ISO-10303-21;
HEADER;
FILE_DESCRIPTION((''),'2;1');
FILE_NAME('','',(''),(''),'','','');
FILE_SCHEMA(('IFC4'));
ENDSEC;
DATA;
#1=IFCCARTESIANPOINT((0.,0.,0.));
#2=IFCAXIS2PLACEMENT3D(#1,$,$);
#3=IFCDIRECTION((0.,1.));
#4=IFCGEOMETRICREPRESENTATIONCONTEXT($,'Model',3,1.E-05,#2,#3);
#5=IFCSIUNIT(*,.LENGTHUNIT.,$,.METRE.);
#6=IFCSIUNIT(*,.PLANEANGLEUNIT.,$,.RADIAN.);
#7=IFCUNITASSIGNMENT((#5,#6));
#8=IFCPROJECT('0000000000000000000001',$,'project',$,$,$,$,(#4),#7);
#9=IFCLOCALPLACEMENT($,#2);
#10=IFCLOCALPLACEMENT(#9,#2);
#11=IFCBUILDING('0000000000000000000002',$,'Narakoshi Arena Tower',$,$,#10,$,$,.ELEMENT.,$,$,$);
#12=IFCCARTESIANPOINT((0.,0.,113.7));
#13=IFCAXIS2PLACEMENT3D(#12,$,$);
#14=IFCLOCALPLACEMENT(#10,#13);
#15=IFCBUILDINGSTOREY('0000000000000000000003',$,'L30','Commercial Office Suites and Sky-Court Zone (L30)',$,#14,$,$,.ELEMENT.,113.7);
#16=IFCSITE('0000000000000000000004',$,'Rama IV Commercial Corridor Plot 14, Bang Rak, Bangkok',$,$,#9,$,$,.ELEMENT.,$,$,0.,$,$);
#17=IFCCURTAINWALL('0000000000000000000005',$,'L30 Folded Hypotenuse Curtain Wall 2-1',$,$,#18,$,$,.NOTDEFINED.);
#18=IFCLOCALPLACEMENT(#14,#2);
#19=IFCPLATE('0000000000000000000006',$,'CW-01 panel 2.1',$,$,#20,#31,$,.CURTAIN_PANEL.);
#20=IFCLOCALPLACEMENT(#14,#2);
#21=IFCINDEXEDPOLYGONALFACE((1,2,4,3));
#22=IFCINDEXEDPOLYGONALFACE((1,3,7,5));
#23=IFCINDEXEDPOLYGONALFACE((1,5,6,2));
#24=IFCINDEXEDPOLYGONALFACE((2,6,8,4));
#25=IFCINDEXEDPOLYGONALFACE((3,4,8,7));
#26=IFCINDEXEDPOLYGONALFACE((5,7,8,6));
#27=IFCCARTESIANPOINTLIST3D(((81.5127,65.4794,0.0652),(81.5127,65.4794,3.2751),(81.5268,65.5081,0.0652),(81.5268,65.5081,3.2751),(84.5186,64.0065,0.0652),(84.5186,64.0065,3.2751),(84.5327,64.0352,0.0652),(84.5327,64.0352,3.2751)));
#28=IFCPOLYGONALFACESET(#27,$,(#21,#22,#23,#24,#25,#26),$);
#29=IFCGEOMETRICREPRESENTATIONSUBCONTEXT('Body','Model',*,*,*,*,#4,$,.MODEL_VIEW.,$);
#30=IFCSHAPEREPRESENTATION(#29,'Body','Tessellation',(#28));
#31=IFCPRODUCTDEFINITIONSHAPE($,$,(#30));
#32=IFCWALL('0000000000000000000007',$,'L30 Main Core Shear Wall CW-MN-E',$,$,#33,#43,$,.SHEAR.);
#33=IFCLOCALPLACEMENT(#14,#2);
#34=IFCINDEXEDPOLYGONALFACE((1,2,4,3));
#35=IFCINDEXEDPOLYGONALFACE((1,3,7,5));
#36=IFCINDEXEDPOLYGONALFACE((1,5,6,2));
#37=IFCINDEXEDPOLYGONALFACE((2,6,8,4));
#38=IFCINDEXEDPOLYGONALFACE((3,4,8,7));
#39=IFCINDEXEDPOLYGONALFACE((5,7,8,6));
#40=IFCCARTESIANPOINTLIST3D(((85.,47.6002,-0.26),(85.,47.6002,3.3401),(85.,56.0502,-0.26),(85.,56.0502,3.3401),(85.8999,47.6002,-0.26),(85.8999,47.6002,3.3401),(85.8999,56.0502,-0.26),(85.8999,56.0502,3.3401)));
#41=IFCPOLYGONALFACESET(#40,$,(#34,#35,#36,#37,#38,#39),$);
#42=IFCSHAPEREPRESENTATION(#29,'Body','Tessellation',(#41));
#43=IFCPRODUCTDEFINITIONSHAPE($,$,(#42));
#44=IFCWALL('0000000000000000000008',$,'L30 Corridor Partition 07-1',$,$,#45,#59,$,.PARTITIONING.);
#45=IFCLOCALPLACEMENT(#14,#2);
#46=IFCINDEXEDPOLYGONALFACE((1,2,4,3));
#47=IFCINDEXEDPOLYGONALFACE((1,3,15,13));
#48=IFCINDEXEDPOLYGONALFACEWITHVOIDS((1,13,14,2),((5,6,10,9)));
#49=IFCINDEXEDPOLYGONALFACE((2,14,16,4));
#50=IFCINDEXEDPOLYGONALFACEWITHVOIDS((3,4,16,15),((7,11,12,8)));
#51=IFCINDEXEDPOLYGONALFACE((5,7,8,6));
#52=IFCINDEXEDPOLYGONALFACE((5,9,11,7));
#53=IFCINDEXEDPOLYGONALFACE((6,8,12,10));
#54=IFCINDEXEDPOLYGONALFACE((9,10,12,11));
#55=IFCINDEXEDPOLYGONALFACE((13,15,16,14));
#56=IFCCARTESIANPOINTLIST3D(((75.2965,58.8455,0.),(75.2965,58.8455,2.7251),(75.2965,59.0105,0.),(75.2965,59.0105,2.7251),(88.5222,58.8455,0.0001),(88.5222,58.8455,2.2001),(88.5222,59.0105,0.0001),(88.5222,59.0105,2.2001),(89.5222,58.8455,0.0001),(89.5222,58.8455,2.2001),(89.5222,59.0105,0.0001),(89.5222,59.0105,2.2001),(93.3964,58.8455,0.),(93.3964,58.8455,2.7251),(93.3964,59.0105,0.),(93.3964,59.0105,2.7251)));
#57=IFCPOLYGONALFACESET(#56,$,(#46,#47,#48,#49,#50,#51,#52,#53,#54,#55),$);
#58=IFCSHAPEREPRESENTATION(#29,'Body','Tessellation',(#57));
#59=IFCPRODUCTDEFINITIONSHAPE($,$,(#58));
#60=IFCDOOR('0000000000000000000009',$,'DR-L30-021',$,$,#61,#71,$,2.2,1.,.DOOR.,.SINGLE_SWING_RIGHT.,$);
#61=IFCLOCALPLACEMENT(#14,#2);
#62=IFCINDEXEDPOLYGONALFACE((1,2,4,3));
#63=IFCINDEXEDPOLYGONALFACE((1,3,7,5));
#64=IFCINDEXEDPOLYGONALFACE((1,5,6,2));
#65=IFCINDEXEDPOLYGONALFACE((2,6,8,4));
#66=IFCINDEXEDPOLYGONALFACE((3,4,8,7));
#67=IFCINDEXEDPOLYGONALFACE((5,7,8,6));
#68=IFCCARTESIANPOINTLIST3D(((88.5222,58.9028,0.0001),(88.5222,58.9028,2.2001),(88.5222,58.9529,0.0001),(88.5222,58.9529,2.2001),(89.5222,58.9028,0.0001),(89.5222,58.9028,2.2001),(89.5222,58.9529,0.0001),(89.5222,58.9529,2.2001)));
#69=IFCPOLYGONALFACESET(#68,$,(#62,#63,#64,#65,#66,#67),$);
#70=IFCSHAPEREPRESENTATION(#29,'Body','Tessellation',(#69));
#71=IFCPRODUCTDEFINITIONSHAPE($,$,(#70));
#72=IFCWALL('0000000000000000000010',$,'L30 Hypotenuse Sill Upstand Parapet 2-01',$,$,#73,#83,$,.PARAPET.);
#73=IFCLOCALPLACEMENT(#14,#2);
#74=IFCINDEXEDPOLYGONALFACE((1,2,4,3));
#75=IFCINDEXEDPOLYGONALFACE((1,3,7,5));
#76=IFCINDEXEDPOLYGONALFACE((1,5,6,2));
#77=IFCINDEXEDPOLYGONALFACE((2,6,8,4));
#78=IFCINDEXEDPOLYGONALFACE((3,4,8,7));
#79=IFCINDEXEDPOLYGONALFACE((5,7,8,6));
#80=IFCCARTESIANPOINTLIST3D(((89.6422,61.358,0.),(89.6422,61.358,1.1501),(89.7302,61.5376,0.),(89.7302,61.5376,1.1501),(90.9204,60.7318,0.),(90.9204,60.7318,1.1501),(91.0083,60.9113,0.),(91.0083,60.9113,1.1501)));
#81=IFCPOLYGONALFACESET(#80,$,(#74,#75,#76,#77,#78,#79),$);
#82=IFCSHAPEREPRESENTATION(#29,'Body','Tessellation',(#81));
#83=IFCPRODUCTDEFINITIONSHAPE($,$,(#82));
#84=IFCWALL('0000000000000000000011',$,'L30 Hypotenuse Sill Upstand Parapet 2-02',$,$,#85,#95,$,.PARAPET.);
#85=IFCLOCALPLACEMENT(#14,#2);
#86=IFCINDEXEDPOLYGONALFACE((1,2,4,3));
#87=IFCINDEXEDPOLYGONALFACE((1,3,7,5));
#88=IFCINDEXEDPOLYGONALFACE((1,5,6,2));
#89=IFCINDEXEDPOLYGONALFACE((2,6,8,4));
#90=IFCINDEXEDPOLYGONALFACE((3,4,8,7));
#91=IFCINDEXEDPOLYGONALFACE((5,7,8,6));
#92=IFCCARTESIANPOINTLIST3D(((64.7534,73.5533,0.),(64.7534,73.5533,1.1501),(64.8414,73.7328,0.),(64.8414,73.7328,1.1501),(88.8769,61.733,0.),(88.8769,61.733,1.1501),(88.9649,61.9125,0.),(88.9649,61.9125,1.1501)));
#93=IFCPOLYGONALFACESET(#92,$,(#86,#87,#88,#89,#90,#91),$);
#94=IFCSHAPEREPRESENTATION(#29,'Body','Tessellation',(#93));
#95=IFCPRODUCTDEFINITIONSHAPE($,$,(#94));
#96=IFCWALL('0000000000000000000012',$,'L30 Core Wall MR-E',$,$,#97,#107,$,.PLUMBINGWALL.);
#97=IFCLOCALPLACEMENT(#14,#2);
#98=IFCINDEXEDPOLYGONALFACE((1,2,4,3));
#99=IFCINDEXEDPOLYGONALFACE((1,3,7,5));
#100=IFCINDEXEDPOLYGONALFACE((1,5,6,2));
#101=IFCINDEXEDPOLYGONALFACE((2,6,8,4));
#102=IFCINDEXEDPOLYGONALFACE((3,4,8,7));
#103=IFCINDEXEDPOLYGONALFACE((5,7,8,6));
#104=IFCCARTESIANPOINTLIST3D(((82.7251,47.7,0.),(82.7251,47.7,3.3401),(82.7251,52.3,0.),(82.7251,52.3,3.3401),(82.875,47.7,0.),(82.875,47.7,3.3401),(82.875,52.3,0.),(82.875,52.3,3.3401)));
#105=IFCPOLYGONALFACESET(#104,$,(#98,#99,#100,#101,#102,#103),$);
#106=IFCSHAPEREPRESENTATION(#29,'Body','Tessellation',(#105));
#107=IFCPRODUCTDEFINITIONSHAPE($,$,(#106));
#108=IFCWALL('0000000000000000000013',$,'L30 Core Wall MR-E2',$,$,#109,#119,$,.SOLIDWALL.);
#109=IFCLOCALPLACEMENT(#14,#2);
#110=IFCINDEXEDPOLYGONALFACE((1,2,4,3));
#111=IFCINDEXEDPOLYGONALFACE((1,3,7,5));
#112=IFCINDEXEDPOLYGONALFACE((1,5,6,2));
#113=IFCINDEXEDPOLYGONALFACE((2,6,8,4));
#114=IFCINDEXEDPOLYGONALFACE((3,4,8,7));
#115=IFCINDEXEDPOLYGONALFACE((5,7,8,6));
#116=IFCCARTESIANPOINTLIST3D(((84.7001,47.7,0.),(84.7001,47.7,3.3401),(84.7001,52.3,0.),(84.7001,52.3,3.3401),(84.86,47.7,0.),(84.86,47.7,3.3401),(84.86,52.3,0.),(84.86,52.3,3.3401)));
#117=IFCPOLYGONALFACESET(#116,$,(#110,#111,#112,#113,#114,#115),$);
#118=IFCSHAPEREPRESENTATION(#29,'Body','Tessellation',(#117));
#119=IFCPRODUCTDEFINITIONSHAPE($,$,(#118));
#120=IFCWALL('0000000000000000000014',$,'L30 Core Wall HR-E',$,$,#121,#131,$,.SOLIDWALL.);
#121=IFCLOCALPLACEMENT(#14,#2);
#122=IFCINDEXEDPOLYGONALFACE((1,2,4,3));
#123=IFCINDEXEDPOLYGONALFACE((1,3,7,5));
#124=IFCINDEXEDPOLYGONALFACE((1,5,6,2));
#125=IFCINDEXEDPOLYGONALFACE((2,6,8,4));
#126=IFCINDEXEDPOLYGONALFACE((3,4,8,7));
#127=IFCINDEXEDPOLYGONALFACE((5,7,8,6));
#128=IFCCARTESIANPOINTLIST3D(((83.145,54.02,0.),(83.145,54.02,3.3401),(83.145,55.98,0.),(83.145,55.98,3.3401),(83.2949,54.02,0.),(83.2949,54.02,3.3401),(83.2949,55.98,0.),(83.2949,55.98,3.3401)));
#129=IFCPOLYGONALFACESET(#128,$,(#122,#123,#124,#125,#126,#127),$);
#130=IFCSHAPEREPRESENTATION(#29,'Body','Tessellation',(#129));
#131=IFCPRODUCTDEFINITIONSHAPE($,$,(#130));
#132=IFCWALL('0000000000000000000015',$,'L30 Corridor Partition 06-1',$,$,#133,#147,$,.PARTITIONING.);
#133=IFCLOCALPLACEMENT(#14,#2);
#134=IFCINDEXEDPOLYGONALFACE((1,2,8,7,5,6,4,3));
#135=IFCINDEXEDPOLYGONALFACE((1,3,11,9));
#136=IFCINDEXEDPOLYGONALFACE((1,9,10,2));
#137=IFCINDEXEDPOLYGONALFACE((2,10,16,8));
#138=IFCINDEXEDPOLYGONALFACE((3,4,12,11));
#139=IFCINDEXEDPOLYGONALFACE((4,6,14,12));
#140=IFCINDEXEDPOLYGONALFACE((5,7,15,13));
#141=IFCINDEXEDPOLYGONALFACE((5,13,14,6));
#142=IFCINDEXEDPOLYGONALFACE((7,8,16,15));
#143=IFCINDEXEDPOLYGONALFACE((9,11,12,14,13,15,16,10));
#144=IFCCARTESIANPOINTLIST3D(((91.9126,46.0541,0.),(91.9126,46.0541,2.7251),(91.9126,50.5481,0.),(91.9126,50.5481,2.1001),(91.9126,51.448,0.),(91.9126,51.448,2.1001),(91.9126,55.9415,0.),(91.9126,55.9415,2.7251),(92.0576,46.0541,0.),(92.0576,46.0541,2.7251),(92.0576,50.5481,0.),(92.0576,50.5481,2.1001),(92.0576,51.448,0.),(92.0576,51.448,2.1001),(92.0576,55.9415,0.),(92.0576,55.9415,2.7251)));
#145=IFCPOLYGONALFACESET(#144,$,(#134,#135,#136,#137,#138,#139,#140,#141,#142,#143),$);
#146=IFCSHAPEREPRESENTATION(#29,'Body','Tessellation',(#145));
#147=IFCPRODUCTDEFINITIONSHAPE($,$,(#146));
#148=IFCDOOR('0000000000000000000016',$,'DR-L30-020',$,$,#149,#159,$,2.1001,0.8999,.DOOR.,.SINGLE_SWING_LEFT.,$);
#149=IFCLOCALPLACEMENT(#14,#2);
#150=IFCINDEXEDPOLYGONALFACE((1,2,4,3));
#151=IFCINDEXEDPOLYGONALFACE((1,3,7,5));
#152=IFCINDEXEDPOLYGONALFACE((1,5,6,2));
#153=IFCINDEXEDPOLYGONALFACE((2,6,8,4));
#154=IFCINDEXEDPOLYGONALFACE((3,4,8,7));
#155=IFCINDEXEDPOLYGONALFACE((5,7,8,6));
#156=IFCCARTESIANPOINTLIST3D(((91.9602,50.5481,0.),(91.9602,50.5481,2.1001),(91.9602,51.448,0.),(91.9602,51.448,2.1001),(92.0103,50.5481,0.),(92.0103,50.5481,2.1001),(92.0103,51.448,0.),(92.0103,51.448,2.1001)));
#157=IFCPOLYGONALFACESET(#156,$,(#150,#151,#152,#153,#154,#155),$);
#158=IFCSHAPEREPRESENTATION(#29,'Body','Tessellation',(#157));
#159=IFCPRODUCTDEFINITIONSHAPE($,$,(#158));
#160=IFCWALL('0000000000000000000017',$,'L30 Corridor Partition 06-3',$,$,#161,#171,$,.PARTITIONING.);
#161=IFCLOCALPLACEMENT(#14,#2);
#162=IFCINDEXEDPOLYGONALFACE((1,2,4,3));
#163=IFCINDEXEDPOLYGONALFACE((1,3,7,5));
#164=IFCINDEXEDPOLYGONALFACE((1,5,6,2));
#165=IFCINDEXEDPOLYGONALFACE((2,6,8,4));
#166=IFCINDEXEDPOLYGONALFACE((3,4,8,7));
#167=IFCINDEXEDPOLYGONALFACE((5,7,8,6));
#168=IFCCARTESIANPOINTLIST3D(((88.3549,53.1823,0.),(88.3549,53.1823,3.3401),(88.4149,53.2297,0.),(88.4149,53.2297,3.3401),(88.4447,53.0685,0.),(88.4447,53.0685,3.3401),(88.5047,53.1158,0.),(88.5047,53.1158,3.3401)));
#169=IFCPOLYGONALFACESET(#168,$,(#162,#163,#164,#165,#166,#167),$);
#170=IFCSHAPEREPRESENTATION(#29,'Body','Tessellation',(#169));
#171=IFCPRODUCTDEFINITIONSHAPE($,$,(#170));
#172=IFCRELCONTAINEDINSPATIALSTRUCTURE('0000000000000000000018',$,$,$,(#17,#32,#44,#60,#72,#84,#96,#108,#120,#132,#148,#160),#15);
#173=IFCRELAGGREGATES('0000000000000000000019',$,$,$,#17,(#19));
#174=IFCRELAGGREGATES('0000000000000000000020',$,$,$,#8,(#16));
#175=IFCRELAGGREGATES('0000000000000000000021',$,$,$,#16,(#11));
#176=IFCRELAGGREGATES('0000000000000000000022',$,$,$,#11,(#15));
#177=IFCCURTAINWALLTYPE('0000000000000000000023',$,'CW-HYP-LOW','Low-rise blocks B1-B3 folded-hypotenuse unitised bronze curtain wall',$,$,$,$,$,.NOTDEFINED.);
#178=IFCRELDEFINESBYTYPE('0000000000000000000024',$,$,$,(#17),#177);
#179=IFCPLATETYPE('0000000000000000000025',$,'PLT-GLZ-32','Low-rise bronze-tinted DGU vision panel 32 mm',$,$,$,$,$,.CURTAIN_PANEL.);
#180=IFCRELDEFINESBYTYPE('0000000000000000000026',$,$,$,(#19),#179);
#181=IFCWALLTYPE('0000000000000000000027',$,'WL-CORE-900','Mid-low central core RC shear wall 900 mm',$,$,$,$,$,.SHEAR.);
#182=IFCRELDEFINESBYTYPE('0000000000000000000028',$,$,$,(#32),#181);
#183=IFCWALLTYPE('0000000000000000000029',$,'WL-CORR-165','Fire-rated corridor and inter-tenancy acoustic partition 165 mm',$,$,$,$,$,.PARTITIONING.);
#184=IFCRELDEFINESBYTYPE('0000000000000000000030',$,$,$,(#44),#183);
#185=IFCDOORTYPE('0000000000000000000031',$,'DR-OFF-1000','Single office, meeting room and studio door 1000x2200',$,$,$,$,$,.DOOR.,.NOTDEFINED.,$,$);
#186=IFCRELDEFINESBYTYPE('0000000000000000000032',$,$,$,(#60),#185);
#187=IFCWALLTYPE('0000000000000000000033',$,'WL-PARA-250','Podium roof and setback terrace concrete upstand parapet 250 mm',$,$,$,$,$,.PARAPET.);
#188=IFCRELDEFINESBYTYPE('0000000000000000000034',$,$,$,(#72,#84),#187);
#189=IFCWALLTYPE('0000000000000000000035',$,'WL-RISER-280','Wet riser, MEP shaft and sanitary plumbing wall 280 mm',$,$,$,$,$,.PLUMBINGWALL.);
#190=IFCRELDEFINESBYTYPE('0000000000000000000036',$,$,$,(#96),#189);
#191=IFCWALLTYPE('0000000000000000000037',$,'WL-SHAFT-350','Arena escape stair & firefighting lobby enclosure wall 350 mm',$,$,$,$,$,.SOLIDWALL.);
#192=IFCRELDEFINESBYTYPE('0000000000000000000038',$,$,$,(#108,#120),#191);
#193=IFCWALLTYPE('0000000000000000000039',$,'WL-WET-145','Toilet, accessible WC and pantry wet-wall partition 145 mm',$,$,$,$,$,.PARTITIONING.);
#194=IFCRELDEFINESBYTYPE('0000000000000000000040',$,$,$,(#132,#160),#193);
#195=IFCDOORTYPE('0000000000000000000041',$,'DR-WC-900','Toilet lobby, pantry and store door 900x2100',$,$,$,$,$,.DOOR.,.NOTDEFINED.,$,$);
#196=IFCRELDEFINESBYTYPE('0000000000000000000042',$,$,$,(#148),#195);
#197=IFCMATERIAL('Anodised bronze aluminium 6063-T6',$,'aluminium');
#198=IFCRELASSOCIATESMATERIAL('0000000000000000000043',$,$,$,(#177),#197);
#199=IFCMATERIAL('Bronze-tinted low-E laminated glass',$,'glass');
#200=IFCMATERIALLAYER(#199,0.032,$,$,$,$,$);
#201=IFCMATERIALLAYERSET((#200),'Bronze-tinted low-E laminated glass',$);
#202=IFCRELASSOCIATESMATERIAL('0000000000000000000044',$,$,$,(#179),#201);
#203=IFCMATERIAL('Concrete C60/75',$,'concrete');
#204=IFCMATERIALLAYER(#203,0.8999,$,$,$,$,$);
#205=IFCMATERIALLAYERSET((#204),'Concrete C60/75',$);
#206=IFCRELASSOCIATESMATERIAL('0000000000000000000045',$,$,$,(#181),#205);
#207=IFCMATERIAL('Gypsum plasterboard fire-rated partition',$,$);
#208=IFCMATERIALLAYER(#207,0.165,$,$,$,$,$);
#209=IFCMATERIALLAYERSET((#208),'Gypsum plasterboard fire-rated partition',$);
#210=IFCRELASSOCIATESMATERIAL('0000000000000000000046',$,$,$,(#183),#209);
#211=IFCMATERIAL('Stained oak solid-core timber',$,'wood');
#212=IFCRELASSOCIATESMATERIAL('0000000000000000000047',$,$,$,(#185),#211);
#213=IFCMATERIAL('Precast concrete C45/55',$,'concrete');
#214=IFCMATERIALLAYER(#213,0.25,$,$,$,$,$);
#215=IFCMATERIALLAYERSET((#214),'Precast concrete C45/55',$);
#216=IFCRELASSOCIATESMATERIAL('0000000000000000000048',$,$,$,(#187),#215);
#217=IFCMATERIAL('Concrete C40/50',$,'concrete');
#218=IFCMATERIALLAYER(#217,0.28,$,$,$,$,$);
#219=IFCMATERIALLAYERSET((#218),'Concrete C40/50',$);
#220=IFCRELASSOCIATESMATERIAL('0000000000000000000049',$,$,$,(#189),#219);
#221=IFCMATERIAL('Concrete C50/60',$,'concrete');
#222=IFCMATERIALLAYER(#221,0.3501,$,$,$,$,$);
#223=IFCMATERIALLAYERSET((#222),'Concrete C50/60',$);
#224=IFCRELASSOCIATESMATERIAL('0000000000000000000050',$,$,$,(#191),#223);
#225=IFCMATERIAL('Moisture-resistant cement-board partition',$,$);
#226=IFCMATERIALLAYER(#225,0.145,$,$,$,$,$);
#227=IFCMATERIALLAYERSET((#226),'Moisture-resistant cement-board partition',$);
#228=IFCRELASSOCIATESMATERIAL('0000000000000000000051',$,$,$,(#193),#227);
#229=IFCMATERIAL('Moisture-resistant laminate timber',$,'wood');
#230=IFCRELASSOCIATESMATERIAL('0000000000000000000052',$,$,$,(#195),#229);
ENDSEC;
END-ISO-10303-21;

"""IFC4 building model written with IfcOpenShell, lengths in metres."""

from ifc_helpers import new_model, si_unit, direction, frame, frame_2d, origin, origin_2d, place, context, subcontext, project, spatial, rectangle, extrude, material, layer, layer_set, type_object, element, fill, aggregate, save


model = new_model("IFC4")

# Units and contexts
model_context = context("Model", 3, precision=1e-05, world=origin(), true_north=direction((0.0, 1.0)))
body_context = subcontext(model_context, "Body", "Model", "MODEL_VIEW")
ifc_project = project(units=[si_unit("LENGTHUNIT", "METRE"), si_unit("PLANEANGLEUNIT", "RADIAN")], contexts=[model_context])

# Site, building, storey
site_placement = place(None, origin())
site = spatial("IfcSite", under=ifc_project, at=site_placement, Name="Rama IV Commercial Corridor Plot 14, Bang Rak, Bangkok", CompositionType="ELEMENT", RefElevation=0.0)
building_placement = place(site_placement, origin())
building = spatial("IfcBuilding", under=site, at=building_placement, Name="Narakoshi Arena Tower", CompositionType="ELEMENT")
storey_placement = place(building_placement, frame((0.0, 0.0, 113.7)))
storey = spatial("IfcBuildingStorey", under=building, at=storey_placement, Name="L30", Description="Commercial Office Suites and Sky-Court Zone (L30)", CompositionType="ELEMENT", Elevation=113.7)

# Shared definitions
ifc_material_1 = material(Name="Concrete C60/75", Category="concrete")

# Curtain wall, plate
ifc_material_2 = material(Name="Anodised bronze aluminium 6063-T6", Category="aluminium")
curtain_wall_type = type_object("IfcCurtainWallType", Name="CW-HYP-LOW", Description="Low-rise blocks B1-B3 folded-hypotenuse unitised bronze curtain wall", PredefinedType="NOTDEFINED", material=ifc_material_2)
curtain_wall_placement = place(storey_placement, origin())
curtain_wall = element("IfcCurtainWall", 1, at=curtain_wall_placement, inside=storey, type_object=curtain_wall_type, Name="L30 Folded Hypotenuse Curtain Wall 2-1", PredefinedType="NOTDEFINED")
ifc_material_3 = material(Name="Bronze-tinted low-E laminated glass", Category="glass")
ifc_layer_1 = layer(ifc_material_3, 0.032)
ifc_layer_set_1 = layer_set([ifc_layer_1], Name="Bronze-tinted low-E laminated glass")
plate_type = type_object("IfcPlateType", Name="PLT-GLZ-32", Description="Low-rise bronze-tinted DGU vision panel 32 mm", PredefinedType="CURTAIN_PANEL", material=ifc_layer_set_1)
plate_1_placement = place(storey_placement, frame((83.0227, 64.7573, 0.0652), z_axis=(0.0, 0.0, 1.0), x_axis=(-0.897996, 0.440005, 0.0)))
plate_1 = element("IfcPlate", 2, at=plate_1_placement, type_object=plate_type, Name="CW-01 panel 2.1", PredefinedType="CURTAIN_PANEL", context=body_context, shape_type="SweptSolid", body=[
    extrude(rectangle(XDim=3.3474, YDim=0.032, at=origin_2d()), origin(), (0.0, 0.0, 1.0), 3.21),
])
aggregate(curtain_wall, [plate_1])

# Wall
ifc_layer_2 = layer(ifc_material_1, 0.8999)
ifc_layer_set_2 = layer_set([ifc_layer_2], Name="Concrete C60/75")
wall_type_1 = type_object("IfcWallType", Name="WL-CORE-900", Description="Mid-low central core RC shear wall 900 mm", PredefinedType="SHEAR", material=ifc_layer_set_2)
wall_1_placement = place(storey_placement, frame((85.45, 47.6001, -0.26), z_axis=(0.0, 0.0, 1.0), x_axis=(0.0, 1.0, 0.0)))
element("IfcWall", 3, at=wall_1_placement, inside=storey, type_object=wall_type_1, Name="L30 Main Core Shear Wall CW-MN-E", PredefinedType="SHEAR", context=body_context, shape_type="SweptSolid", body=[
    extrude(rectangle(XDim=8.45, YDim=0.8999, at=frame_2d((4.2251, 0.0))), origin(), (0.0, 0.0, 1.0), 3.6001),
])

# Wall, opening, door
ifc_material_4 = material(Name="Gypsum plasterboard fire-rated partition")
ifc_layer_3 = layer(ifc_material_4, 0.165)
ifc_layer_set_3 = layer_set([ifc_layer_3], Name="Gypsum plasterboard fire-rated partition")
wall_type_2 = type_object("IfcWallType", Name="WL-CORR-165", Description="Fire-rated corridor and inter-tenancy acoustic partition 165 mm", PredefinedType="PARTITIONING", material=ifc_layer_set_3)
wall_2_placement = place(storey_placement, frame((93.3962, 58.928, 0.0), z_axis=(0.0, 0.0, 1.0), x_axis=(-1.0, 0.0, 0.0)))
wall_2 = element("IfcWall", 4, at=wall_2_placement, inside=storey, type_object=wall_type_2, Name="L30 Corridor Partition 07-1", PredefinedType="PARTITIONING", context=body_context, shape_type="SweptSolid", body=[
    extrude(rectangle(XDim=18.0999, YDim=0.165, at=frame_2d((9.0498, 0.0))), origin(), (0.0, 0.0, 1.0), 2.7251),
])
opening_1_placement = place(wall_2_placement, frame((3.874, 0.0, 0.0)))
opening_1 = element("IfcOpeningElement", 5, at=opening_1_placement, cuts=wall_2, PredefinedType="OPENING", context=body_context, shape_type="SweptSolid", body=[
    extrude(rectangle(XDim=1.0, YDim=2.2, at=frame_2d((0.5, 1.1001))), frame((0.0, 0.0925, 0.0), z_axis=(0.0, -1.0, 0.0), x_axis=(1.0, 0.0, 0.0)), (0.0, 0.0, 1.0), 0.1851),
])
ifc_material_5 = material(Name="Stained oak solid-core timber", Category="wood")
door_type_1 = type_object("IfcDoorType", Name="DR-OFF-1000", Description="Single office, meeting room and studio door 1000x2200", OperationType="NOTDEFINED", PredefinedType="DOOR", material=ifc_material_5)
door_1_placement = place(opening_1_placement, frame((1.0, 0.0, 0.0), z_axis=(0.0, 0.0, 1.0), x_axis=(-1.0, 0.0, 0.0)))
door_1 = element("IfcDoor", 6, at=door_1_placement, inside=storey, type_object=door_type_1, Name="DR-L30-021", OperationType="SINGLE_SWING_RIGHT", OverallHeight=2.2, OverallWidth=1.0, PredefinedType="DOOR", context=body_context, shape_type="SweptSolid", body=[
    extrude(rectangle(XDim=1.0, YDim=2.2, at=frame_2d((0.5, 1.1001))), frame((0.0, 0.0249, 0.0), z_axis=(0.0, -1.0, 0.0), x_axis=(1.0, 0.0, 0.0)), (0.0, 0.0, 1.0), 0.05),
])
fill(opening_1, door_1)

# Walls
ifc_material_6 = material(Name="Precast concrete C45/55", Category="concrete")
ifc_layer_4 = layer(ifc_material_6, 0.25)
ifc_layer_set_4 = layer_set([ifc_layer_4], Name="Precast concrete C45/55")
wall_type_3 = type_object("IfcWallType", Name="WL-PARA-250", Description="Podium roof and setback terrace concrete upstand parapet 250 mm", PredefinedType="PARAPET", material=ifc_layer_set_4)
wall_3_placement = place(storey_placement, frame((90.9644, 60.8215, 0.0), z_axis=(0.0, 0.0, 1.0), x_axis=(-0.898, 0.439994, 0.0)))
element("IfcWall", 7, at=wall_3_placement, inside=storey, type_object=wall_type_3, Name="L30 Hypotenuse Sill Upstand Parapet 2-01", PredefinedType="PARAPET", context=body_context, shape_type="SweptSolid", body=[
    extrude(rectangle(XDim=1.4233, YDim=0.2, at=frame_2d((0.7117, 0.0))), origin(), (0.0, 0.0, 1.0), 1.1501),
])
wall_4_placement = place(storey_placement, frame((88.9209, 61.8228, 0.0), z_axis=(0.0, 0.0, 1.0), x_axis=(-0.897994, 0.440009, 0.0)))
element("IfcWall", 8, at=wall_4_placement, inside=storey, type_object=wall_type_3, Name="L30 Hypotenuse Sill Upstand Parapet 2-02", PredefinedType="PARAPET", context=body_context, shape_type="SweptSolid", body=[
    extrude(rectangle(XDim=26.8638, YDim=0.2, at=frame_2d((13.4319, 0.0))), origin(), (0.0, 0.0, 1.0), 1.1501),
])
ifc_material_7 = material(Name="Concrete C40/50", Category="concrete")
ifc_layer_5 = layer(ifc_material_7, 0.28)
ifc_layer_set_5 = layer_set([ifc_layer_5], Name="Concrete C40/50")
wall_type_4 = type_object("IfcWallType", Name="WL-RISER-280", Description="Wet riser, MEP shaft and sanitary plumbing wall 280 mm", PredefinedType="PLUMBINGWALL", material=ifc_layer_set_5)
wall_5_placement = place(storey_placement, frame((82.8, 47.7, 0.0), z_axis=(0.0, 0.0, 1.0), x_axis=(0.0, 1.0, 0.0)))
element("IfcWall", 9, at=wall_5_placement, inside=storey, type_object=wall_type_4, Name="L30 Core Wall MR-E", PredefinedType="PLUMBINGWALL", context=body_context, shape_type="SweptSolid", body=[
    extrude(rectangle(XDim=4.6001, YDim=0.1499, at=frame_2d((2.3, 0.0))), origin(), (0.0, 0.0, 1.0), 3.3401),
])
ifc_material_8 = material(Name="Concrete C50/60", Category="concrete")
ifc_layer_6 = layer(ifc_material_8, 0.3501)
ifc_layer_set_6 = layer_set([ifc_layer_6], Name="Concrete C50/60")
wall_type_5 = type_object("IfcWallType", Name="WL-SHAFT-350", Description="Arena escape stair & firefighting lobby enclosure wall 350 mm", PredefinedType="SOLIDWALL", material=ifc_layer_set_6)
wall_6_placement = place(storey_placement, frame((84.78, 47.7, 0.0), z_axis=(0.0, 0.0, 1.0), x_axis=(0.0, 1.0, 0.0)))
element("IfcWall", 10, at=wall_6_placement, inside=storey, type_object=wall_type_5, Name="L30 Core Wall MR-E2", PredefinedType="SOLIDWALL", context=body_context, shape_type="SweptSolid", body=[
    extrude(rectangle(XDim=4.6001, YDim=0.1599, at=frame_2d((2.3, 0.0))), origin(), (0.0, 0.0, 1.0), 3.3401),
])
wall_7_placement = place(storey_placement, frame((83.22, 54.02, 0.0), z_axis=(0.0, 0.0, 1.0), x_axis=(0.0, 1.0, 0.0)))
element("IfcWall", 11, at=wall_7_placement, inside=storey, type_object=wall_type_5, Name="L30 Core Wall HR-E", PredefinedType="SOLIDWALL", context=body_context, shape_type="SweptSolid", body=[
    extrude(rectangle(XDim=1.96, YDim=0.1499, at=frame_2d((0.98, 0.0))), origin(), (0.0, 0.0, 1.0), 3.3401),
])

# Wall, opening, door
ifc_material_9 = material(Name="Moisture-resistant cement-board partition")
ifc_layer_7 = layer(ifc_material_9, 0.145)
ifc_layer_set_7 = layer_set([ifc_layer_7], Name="Moisture-resistant cement-board partition")
wall_type_6 = type_object("IfcWallType", Name="WL-WET-145", Description="Toilet, accessible WC and pantry wet-wall partition 145 mm", PredefinedType="PARTITIONING", material=ifc_layer_set_7)
wall_8_placement = place(storey_placement, frame((91.9851, 55.9417, 0.0), z_axis=(0.0, 0.0, 1.0), x_axis=(0.0, -1.0, 0.0)))
wall_8 = element("IfcWall", 12, at=wall_8_placement, inside=storey, type_object=wall_type_6, Name="L30 Corridor Partition 06-1", PredefinedType="PARTITIONING", context=body_context, shape_type="SweptSolid", body=[
    extrude(rectangle(XDim=9.8875, YDim=0.145, at=frame_2d((4.9438, 0.0))), origin(), (0.0, 0.0, 1.0), 2.7251),
])
opening_2_placement = place(wall_8_placement, frame((4.4937, 0.0, 0.0)))
opening_2 = element("IfcOpeningElement", 13, at=opening_2_placement, cuts=wall_8, PredefinedType="OPENING", context=body_context, shape_type="SweptSolid", body=[
    extrude(rectangle(XDim=0.8999, YDim=2.1001, at=frame_2d((0.45, 1.05))), frame((0.0, 0.0825, 0.0), z_axis=(0.0, -1.0, 0.0), x_axis=(1.0, 0.0, 0.0)), (0.0, 0.0, 1.0), 0.165),
])
ifc_material_10 = material(Name="Moisture-resistant laminate timber", Category="wood")
door_type_2 = type_object("IfcDoorType", Name="DR-WC-900", Description="Toilet lobby, pantry and store door 900x2100", OperationType="NOTDEFINED", PredefinedType="DOOR", material=ifc_material_10)
door_2_placement = place(opening_2_placement, frame((0.8999, 0.0, 0.0), z_axis=(0.0, 0.0, 1.0), x_axis=(-1.0, 0.0, 0.0)))
door_2 = element("IfcDoor", 14, at=door_2_placement, inside=storey, type_object=door_type_2, Name="DR-L30-020", OperationType="SINGLE_SWING_LEFT", OverallHeight=2.1001, OverallWidth=0.8999, PredefinedType="DOOR", context=body_context, shape_type="SweptSolid", body=[
    extrude(rectangle(XDim=0.8999, YDim=2.1001, at=frame_2d((0.45, 1.05))), frame((0.0, 0.0249, 0.0), z_axis=(0.0, -1.0, 0.0), x_axis=(1.0, 0.0, 0.0)), (0.0, 0.0, 1.0), 0.05),
])
fill(opening_2, door_2)

# Wall
wall_9_placement = place(storey_placement, frame((88.3999, 53.1255, 0.0), z_axis=(0.0, 0.0, 1.0), x_axis=(0.785209, 0.61923, 0.0)))
element("IfcWall", 15, at=wall_9_placement, inside=storey, type_object=wall_type_6, Name="L30 Corridor Partition 06-3", PredefinedType="PARTITIONING", context=body_context, shape_type="SweptSolid", body=[
    extrude(rectangle(XDim=0.0764, YDim=0.145, at=frame_2d((0.0381, 0.0))), origin(), (0.0, 0.0, 1.0), 3.3401),
])

save(model, "model.ifc")
